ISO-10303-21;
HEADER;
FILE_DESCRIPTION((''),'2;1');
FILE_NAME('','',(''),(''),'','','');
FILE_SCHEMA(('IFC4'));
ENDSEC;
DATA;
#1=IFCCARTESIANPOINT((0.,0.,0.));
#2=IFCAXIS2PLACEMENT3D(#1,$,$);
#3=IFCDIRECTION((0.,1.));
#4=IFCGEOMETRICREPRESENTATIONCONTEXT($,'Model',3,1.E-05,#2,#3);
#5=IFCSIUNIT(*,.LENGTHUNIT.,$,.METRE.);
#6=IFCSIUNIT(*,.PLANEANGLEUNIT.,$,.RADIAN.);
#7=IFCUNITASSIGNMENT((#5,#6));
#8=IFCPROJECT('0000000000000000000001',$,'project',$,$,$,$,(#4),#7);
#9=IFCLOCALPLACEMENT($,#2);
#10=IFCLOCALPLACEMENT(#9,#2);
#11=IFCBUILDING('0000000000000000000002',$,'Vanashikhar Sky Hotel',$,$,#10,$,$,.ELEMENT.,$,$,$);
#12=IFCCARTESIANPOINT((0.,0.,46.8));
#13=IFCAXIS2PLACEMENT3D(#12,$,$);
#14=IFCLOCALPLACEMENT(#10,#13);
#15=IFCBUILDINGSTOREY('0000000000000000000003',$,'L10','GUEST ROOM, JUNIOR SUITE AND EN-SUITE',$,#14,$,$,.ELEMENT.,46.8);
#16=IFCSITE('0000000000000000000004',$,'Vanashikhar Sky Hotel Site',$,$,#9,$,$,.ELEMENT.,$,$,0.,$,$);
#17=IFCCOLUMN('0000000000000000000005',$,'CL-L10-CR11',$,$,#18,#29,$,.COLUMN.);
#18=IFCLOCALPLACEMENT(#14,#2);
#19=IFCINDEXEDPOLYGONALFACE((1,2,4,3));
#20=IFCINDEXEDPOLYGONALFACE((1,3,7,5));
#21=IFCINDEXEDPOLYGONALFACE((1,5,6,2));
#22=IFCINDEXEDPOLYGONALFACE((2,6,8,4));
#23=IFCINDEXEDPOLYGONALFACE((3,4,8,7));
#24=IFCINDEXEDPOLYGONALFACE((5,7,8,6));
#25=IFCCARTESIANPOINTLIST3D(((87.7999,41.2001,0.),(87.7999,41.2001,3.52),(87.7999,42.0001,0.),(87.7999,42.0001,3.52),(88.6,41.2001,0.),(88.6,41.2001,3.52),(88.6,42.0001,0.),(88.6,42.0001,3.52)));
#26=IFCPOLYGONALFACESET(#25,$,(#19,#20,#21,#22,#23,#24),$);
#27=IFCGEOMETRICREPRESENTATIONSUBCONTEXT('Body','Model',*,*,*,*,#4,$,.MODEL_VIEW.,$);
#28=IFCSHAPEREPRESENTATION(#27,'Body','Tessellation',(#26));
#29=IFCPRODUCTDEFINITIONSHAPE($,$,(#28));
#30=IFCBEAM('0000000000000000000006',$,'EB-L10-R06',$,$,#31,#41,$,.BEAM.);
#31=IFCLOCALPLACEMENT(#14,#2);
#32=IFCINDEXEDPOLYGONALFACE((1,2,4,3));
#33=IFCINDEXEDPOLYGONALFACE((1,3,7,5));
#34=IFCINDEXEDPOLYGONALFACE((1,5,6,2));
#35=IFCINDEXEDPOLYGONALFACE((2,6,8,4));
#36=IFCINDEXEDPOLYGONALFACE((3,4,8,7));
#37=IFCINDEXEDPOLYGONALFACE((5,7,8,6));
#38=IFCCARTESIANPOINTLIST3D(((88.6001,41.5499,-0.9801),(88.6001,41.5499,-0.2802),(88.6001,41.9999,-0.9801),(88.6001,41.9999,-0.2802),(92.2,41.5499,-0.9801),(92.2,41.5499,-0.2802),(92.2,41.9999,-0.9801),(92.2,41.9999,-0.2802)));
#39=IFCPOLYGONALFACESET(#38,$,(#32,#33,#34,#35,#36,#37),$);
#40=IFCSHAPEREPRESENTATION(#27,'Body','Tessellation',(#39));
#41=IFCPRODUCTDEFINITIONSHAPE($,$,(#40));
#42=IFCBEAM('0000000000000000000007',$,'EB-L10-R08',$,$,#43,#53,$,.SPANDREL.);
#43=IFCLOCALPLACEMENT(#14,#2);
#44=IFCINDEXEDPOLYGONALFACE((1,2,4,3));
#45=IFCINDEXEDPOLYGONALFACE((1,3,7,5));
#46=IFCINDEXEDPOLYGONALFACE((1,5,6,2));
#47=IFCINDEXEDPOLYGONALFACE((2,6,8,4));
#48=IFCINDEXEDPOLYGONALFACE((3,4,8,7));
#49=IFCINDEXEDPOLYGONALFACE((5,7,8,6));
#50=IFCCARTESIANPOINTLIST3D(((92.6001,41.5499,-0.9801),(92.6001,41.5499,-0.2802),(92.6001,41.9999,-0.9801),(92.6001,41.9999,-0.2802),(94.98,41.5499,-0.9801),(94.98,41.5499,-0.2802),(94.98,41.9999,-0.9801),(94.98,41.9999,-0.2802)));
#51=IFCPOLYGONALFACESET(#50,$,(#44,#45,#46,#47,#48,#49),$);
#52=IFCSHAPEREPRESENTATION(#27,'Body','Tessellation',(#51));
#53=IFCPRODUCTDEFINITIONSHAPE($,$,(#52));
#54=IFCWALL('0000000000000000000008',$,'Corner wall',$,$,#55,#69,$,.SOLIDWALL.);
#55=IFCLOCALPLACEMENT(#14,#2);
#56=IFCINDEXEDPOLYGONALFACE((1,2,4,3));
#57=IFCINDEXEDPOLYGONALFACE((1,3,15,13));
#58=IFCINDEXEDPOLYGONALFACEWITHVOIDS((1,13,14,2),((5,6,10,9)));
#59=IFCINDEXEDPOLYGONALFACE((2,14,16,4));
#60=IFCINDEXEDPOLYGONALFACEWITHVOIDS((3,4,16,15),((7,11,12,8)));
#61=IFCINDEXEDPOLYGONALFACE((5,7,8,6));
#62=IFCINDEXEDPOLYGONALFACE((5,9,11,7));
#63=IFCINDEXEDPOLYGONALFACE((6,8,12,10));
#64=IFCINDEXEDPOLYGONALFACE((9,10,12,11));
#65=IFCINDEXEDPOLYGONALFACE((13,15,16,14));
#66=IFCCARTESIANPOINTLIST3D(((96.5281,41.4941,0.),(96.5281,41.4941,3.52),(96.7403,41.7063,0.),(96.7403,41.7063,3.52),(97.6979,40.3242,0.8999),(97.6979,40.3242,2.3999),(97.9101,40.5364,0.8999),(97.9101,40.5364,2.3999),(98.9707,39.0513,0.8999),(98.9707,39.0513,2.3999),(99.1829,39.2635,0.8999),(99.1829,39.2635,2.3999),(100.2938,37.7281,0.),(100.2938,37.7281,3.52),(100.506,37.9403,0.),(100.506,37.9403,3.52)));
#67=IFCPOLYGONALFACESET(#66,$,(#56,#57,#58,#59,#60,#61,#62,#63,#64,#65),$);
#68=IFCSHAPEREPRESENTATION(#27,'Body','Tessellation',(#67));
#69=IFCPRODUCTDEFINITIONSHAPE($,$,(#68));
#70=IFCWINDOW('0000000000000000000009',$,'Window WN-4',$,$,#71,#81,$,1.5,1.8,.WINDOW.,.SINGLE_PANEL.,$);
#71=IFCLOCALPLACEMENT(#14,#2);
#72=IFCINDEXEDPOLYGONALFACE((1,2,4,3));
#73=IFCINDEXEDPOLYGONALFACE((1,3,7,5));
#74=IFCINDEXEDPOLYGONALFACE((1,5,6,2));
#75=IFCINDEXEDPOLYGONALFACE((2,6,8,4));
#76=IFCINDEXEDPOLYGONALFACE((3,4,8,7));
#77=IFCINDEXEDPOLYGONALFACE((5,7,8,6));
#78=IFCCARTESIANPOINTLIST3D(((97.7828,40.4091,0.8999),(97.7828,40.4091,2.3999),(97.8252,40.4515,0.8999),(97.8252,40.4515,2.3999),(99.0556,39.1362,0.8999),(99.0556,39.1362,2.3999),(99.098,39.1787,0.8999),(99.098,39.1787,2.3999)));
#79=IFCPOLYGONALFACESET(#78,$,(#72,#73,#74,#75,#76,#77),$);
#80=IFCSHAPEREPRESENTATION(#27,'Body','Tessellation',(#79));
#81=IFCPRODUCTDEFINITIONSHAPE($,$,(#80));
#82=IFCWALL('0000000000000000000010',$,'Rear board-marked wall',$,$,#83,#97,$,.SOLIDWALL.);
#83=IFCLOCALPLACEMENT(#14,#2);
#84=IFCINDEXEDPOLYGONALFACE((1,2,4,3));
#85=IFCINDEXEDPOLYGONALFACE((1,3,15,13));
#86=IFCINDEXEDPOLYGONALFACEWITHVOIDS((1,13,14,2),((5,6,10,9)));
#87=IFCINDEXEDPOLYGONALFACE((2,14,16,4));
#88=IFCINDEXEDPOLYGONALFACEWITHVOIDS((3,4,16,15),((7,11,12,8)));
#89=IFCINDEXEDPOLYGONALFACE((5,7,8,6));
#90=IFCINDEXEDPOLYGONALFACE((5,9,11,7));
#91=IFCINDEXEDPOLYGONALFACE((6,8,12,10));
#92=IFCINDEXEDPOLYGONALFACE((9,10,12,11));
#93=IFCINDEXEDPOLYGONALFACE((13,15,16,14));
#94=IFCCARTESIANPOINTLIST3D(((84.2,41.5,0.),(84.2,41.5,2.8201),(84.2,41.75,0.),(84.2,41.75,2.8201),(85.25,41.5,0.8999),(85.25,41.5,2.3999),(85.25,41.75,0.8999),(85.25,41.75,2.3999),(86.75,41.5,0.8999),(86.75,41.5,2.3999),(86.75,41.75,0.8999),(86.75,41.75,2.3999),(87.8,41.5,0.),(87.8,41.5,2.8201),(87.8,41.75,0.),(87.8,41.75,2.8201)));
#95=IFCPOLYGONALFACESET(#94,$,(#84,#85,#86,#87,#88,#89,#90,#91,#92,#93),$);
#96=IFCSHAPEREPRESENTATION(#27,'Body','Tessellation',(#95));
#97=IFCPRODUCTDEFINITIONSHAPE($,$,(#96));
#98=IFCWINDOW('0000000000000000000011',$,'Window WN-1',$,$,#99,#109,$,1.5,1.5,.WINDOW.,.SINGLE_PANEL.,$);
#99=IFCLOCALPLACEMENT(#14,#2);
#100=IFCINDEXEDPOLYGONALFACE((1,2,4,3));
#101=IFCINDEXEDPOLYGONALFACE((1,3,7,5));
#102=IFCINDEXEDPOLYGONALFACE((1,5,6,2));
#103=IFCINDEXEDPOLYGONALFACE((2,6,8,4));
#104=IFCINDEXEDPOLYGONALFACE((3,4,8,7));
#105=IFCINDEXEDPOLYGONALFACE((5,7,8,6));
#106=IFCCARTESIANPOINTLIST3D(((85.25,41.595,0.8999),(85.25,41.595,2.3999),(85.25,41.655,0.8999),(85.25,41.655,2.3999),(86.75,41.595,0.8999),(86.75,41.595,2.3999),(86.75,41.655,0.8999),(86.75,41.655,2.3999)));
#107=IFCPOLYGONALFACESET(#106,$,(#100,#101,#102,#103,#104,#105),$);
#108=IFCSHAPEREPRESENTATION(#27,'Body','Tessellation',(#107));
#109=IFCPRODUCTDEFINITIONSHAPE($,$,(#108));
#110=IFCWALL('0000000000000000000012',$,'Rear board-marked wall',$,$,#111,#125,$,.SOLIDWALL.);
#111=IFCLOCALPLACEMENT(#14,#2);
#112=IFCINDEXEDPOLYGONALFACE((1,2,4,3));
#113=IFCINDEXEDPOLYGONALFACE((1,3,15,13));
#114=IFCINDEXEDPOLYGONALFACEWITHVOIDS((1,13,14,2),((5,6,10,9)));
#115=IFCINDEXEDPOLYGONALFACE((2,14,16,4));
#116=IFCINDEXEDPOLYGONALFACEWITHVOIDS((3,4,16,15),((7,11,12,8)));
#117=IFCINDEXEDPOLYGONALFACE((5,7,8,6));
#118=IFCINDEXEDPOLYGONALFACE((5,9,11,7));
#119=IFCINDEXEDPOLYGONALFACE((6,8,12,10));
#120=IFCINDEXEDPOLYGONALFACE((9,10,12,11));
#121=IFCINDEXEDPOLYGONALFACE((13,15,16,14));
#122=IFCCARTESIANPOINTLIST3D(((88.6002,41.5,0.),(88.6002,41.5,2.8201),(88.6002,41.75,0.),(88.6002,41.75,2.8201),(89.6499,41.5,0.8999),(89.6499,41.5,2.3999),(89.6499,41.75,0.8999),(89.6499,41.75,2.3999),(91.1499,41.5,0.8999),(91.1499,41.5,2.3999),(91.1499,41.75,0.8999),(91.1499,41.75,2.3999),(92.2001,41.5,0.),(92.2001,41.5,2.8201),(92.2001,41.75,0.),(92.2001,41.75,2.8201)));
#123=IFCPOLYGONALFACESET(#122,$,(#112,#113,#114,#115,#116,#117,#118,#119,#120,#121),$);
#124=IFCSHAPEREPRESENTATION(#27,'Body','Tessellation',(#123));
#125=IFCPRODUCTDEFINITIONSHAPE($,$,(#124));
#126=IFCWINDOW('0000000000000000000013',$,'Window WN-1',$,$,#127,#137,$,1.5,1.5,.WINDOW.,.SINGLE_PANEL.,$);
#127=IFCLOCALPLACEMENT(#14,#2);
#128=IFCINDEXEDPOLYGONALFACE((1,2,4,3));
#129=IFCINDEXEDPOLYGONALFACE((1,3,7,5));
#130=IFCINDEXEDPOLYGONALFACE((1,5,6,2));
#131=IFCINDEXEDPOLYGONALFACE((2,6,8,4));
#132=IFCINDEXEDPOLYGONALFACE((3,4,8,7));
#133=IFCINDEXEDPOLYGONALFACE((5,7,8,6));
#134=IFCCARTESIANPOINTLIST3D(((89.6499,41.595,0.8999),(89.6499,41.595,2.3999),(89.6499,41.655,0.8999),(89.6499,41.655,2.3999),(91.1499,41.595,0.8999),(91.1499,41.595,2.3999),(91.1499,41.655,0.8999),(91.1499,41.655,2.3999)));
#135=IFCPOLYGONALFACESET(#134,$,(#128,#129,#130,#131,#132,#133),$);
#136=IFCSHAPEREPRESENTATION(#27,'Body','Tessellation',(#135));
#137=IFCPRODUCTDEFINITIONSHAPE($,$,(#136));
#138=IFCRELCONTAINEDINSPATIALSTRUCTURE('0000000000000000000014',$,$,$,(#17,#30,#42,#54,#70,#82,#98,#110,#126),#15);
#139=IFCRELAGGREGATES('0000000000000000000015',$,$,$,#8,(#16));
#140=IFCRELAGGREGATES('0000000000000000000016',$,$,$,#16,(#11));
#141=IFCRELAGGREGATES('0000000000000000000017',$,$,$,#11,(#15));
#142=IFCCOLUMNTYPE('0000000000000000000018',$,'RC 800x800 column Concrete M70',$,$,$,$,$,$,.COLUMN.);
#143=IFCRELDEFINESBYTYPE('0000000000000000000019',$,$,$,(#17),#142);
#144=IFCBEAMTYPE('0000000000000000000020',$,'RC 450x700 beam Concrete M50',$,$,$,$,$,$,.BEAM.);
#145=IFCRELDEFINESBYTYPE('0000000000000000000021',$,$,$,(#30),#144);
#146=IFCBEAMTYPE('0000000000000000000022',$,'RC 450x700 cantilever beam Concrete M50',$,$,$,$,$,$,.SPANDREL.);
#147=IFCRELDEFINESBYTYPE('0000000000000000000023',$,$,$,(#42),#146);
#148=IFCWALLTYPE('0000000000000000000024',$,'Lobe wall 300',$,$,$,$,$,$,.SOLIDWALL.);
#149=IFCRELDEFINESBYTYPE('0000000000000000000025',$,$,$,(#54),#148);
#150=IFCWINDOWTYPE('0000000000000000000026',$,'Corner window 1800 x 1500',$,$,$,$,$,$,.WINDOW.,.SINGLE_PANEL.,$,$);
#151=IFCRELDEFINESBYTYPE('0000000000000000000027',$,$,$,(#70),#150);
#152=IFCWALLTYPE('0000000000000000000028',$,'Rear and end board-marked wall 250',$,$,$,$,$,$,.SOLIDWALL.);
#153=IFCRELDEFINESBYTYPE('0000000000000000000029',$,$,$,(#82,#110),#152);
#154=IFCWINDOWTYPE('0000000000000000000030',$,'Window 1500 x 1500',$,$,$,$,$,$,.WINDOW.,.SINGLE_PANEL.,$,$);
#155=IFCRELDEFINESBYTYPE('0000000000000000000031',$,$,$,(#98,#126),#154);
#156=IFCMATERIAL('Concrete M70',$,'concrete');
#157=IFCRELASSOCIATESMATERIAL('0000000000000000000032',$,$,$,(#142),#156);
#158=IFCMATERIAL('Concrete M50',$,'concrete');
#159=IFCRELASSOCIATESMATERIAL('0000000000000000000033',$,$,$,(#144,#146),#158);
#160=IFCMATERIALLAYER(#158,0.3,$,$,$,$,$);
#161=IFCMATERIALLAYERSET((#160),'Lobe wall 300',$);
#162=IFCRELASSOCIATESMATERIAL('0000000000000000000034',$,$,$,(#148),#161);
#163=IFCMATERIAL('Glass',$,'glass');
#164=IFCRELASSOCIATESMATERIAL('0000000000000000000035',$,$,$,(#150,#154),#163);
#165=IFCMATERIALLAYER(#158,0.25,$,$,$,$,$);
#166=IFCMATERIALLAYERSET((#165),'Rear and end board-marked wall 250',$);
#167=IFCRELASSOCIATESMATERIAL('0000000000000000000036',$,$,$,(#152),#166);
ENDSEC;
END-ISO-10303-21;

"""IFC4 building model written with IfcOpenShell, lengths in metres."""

from ifc_helpers import new_model, si_unit, direction, frame, frame_2d, origin, origin_2d, place, context, subcontext, project, spatial, rectangle, extrude, source, transform, mapped, material, layer, layer_set, material_profile, profile_set, type_object, element, fill, save


model = new_model("IFC4")

# Units and contexts
model_context = context("Model", 3, precision=1e-05, world=origin(), true_north=direction((0.0, 1.0)))
body_context = subcontext(model_context, "Body", "Model", "MODEL_VIEW")
ifc_project = project(units=[si_unit("LENGTHUNIT", "METRE"), si_unit("PLANEANGLEUNIT", "RADIAN")], contexts=[model_context])

# Site, building, storey
site_placement = place(None, origin())
site = spatial("IfcSite", under=ifc_project, at=site_placement, Name="Vanashikhar Sky Hotel Site", CompositionType="ELEMENT", RefElevation=0.0)
building_placement = place(site_placement, origin())
building = spatial("IfcBuilding", under=site, at=building_placement, Name="Vanashikhar Sky Hotel", CompositionType="ELEMENT")
storey_placement = place(building_placement, frame((0.0, 0.0, 46.8)))
storey = spatial("IfcBuildingStorey", under=building, at=storey_placement, Name="L10", Description="GUEST ROOM, JUNIOR SUITE AND EN-SUITE", CompositionType="ELEMENT", Elevation=46.8)

# Column
ifc_material_1 = material(Name="Concrete M70", Category="concrete")
ifc_material_profile_1 = material_profile(ifc_material_1, rectangle(XDim=0.8, YDim=0.8, at=origin_2d()))
ifc_profile_set_1 = profile_set([ifc_material_profile_1], Name="RC 800x800 column Concrete M70")
column_type = type_object("IfcColumnType", Name="RC 800x800 column Concrete M70", PredefinedType="COLUMN", material=ifc_profile_set_1)
shared_shape_1 = source(origin(), body_context, "Body", "SweptSolid", [
    extrude(rectangle(XDim=0.8, YDim=0.8, at=origin_2d()), origin(), (0.0, 0.0, 1.0), 3.52),
])
column_placement = place(storey_placement, frame((88.2, 41.6001, 0.0), z_axis=(0.0, 0.0, 1.0), x_axis=(1.0, 0.0, 0.0)))
element("IfcColumn", 1, at=column_placement, inside=storey, type_object=column_type, Name="CL-L10-CR11", PredefinedType="COLUMN", context=body_context, shape_type="MappedRepresentation", body=[
    mapped(shared_shape_1, transform((0.0, 0.0, 0.0), scale=1.0)),
])

# Beams
ifc_material_2 = material(Name="Concrete M50", Category="concrete")
ifc_material_profile_2 = material_profile(ifc_material_2, rectangle(XDim=0.45, YDim=0.7, at=origin_2d()))
ifc_profile_set_2 = profile_set([ifc_material_profile_2], Name="RC 450x700 beam Concrete M50")
beam_type_1 = type_object("IfcBeamType", Name="RC 450x700 beam Concrete M50", PredefinedType="BEAM", material=ifc_profile_set_2)
shared_shape_2 = source(origin(), body_context, "Body", "SweptSolid", [
    extrude(rectangle(XDim=0.45, YDim=0.7, at=origin_2d()), origin(), (0.0, 0.0, 1.0), 3.5999),
])
beam_1_placement = place(storey_placement, frame((88.6001, 41.7749, -0.6301), z_axis=(1.0, 0.0, 0.0), x_axis=(0.0, 1.0, 0.0)))
element("IfcBeam", 2, at=beam_1_placement, inside=storey, type_object=beam_type_1, Name="EB-L10-R06", PredefinedType="BEAM", context=body_context, shape_type="MappedRepresentation", body=[
    mapped(shared_shape_2, transform((0.0, 0.0, 0.0), scale=1.0)),
])
ifc_material_profile_3 = material_profile(ifc_material_2, rectangle(XDim=0.45, YDim=0.7, at=origin_2d()))
ifc_profile_set_3 = profile_set([ifc_material_profile_3], Name="RC 450x700 cantilever beam Concrete M50")
beam_type_2 = type_object("IfcBeamType", Name="RC 450x700 cantilever beam Concrete M50", PredefinedType="SPANDREL", material=ifc_profile_set_3)
shared_shape_3 = source(origin(), body_context, "Body", "SweptSolid", [
    extrude(rectangle(XDim=0.45, YDim=0.7, at=origin_2d()), origin(), (0.0, 0.0, 1.0), 2.3799),
])
beam_2_placement = place(storey_placement, frame((92.6001, 41.7749, -0.6301), z_axis=(1.0, 0.0, 0.0), x_axis=(0.0, 1.0, 0.0)))
element("IfcBeam", 3, at=beam_2_placement, inside=storey, type_object=beam_type_2, Name="EB-L10-R08", PredefinedType="SPANDREL", context=body_context, shape_type="MappedRepresentation", body=[
    mapped(shared_shape_3, transform((0.0, 0.0, 0.0), scale=1.0)),
])

# Walls, openings, windows
ifc_layer_1 = layer(ifc_material_2, 0.3)
ifc_layer_set_1 = layer_set([ifc_layer_1], Name="Lobe wall 300")
wall_type_1 = type_object("IfcWallType", Name="Lobe wall 300", PredefinedType="SOLIDWALL", material=ifc_layer_set_1)
shared_shape_4 = source(origin(), body_context, "Body", "SweptSolid", [
    extrude(rectangle(XDim=5.3257, YDim=0.3, at=frame_2d((2.6628, 0.0))), origin(), (0.0, 0.0, 1.0), 3.52),
])
wall_1_placement = place(storey_placement, frame((100.3999, 37.8342, 0.0), z_axis=(0.0, 0.0, 1.0), x_axis=(-0.707084, 0.70713, 0.0)))
wall_1 = element("IfcWall", 4, at=wall_1_placement, inside=storey, type_object=wall_type_1, Name="Corner wall", PredefinedType="SOLIDWALL", context=body_context, shape_type="MappedRepresentation", body=[
    mapped(shared_shape_4, transform((0.0, 0.0, 0.0), scale=1.0)),
])
shared_shape_5 = source(origin(), body_context, "Body", "SweptSolid", [
    extrude(rectangle(XDim=1.8, YDim=1.5, at=frame_2d((0.8999, 0.75))), frame((0.0, 0.1602, 0.0), z_axis=(0.0, -1.0, 0.0), x_axis=(1.0, 0.0, 0.0)), (0.0, 0.0, 1.0), 0.3201),
])
opening_1_placement = place(wall_1_placement, frame((1.8713, 0.0, 0.8999)))
opening_1 = element("IfcOpeningElement", 5, at=opening_1_placement, cuts=wall_1, PredefinedType="OPENING", context=body_context, shape_type="MappedRepresentation", body=[
    mapped(shared_shape_5, transform((0.0, 0.0, 0.0), scale=1.0)),
])
ifc_material_3 = material(Name="Glass", Category="glass")
window_type_1 = type_object("IfcWindowType", Name="Corner window 1800 x 1500", PartitioningType="SINGLE_PANEL", PredefinedType="WINDOW", material=ifc_material_3)
shared_shape_6 = source(origin(), body_context, "Body", "SweptSolid", [
    extrude(rectangle(XDim=1.8, YDim=1.5, at=frame_2d((0.8999, 0.75))), frame((0.0, 0.03, 0.0), z_axis=(0.0, -1.0, 0.0), x_axis=(1.0, 0.0, 0.0)), (0.0, 0.0, 1.0), 0.0601),
])
window_1_placement = place(opening_1_placement, origin())
window_1 = element("IfcWindow", 6, at=window_1_placement, inside=storey, type_object=window_type_1, Name="Window WN-4", OverallHeight=1.5, OverallWidth=1.8, PartitioningType="SINGLE_PANEL", PredefinedType="WINDOW", context=body_context, shape_type="MappedRepresentation", body=[
    mapped(shared_shape_6, transform((0.0, 0.0, 0.0), scale=1.0)),
])
fill(opening_1, window_1)
ifc_layer_2 = layer(ifc_material_2, 0.25)
ifc_layer_set_2 = layer_set([ifc_layer_2], Name="Rear and end board-marked wall 250")
wall_type_2 = type_object("IfcWallType", Name="Rear and end board-marked wall 250", PredefinedType="SOLIDWALL", material=ifc_layer_set_2)
shared_shape_7 = source(origin(), body_context, "Body", "SweptSolid", [
    extrude(rectangle(XDim=3.6001, YDim=0.25, at=frame_2d((1.8, 0.0))), origin(), (0.0, 0.0, 1.0), 2.8201),
])
wall_2_placement = place(storey_placement, frame((87.8, 41.625, 0.0), z_axis=(0.0, 0.0, 1.0), x_axis=(-1.0, 0.0, 0.0)))
wall_2 = element("IfcWall", 7, at=wall_2_placement, inside=storey, type_object=wall_type_2, Name="Rear board-marked wall", PredefinedType="SOLIDWALL", context=body_context, shape_type="MappedRepresentation", body=[
    mapped(shared_shape_7, transform((0.0, 0.0, 0.0), scale=1.0)),
])
shared_shape_8 = source(origin(), body_context, "Body", "SweptSolid", [
    extrude(rectangle(XDim=1.5, YDim=1.5, at=frame_2d((0.75, 0.75))), frame((0.0, 0.135, 0.0), z_axis=(0.0, -1.0, 0.0), x_axis=(1.0, 0.0, 0.0)), (0.0, 0.0, 1.0), 0.27),
])
opening_2_placement = place(wall_2_placement, frame((1.05, 0.0, 0.8999)))
opening_2 = element("IfcOpeningElement", 8, at=opening_2_placement, cuts=wall_2, PredefinedType="OPENING", context=body_context, shape_type="MappedRepresentation", body=[
    mapped(shared_shape_8, transform((0.0, 0.0, 0.0), scale=1.0)),
])
window_type_2 = type_object("IfcWindowType", Name="Window 1500 x 1500", PartitioningType="SINGLE_PANEL", PredefinedType="WINDOW", material=ifc_material_3)
shared_shape_9 = source(origin(), body_context, "Body", "SweptSolid", [
    extrude(rectangle(XDim=1.5, YDim=1.5, at=frame_2d((0.75, 0.75))), frame((0.0, 0.03, 0.0), z_axis=(0.0, -1.0, 0.0), x_axis=(1.0, 0.0, 0.0)), (0.0, 0.0, 1.0), 0.0601),
])
window_2_placement = place(opening_2_placement, origin())
window_2 = element("IfcWindow", 9, at=window_2_placement, inside=storey, type_object=window_type_2, Name="Window WN-1", OverallHeight=1.5, OverallWidth=1.5, PartitioningType="SINGLE_PANEL", PredefinedType="WINDOW", context=body_context, shape_type="MappedRepresentation", body=[
    mapped(shared_shape_9, transform((0.0, 0.0, 0.0), scale=1.0)),
])
fill(opening_2, window_2)
shared_shape_10 = source(origin(), body_context, "Body", "SweptSolid", [
    extrude(rectangle(XDim=3.5999, YDim=0.25, at=frame_2d((1.7998, 0.0))), origin(), (0.0, 0.0, 1.0), 2.8201),
])
wall_3_placement = place(storey_placement, frame((92.2, 41.625, 0.0), z_axis=(0.0, 0.0, 1.0), x_axis=(-1.0, 0.0, 0.0)))
wall_3 = element("IfcWall", 10, at=wall_3_placement, inside=storey, type_object=wall_type_2, Name="Rear board-marked wall", PredefinedType="SOLIDWALL", context=body_context, shape_type="MappedRepresentation", body=[
    mapped(shared_shape_10, transform((0.0, 0.0, 0.0), scale=1.0)),
])
opening_3_placement = place(wall_3_placement, frame((1.05, 0.0, 0.8999)))
opening_3 = element("IfcOpeningElement", 11, at=opening_3_placement, cuts=wall_3, PredefinedType="OPENING", context=body_context, shape_type="MappedRepresentation", body=[
    mapped(shared_shape_8, transform((0.0, 0.0, 0.0), scale=1.0)),
])
window_3_placement = place(opening_3_placement, origin())
window_3 = element("IfcWindow", 12, at=window_3_placement, inside=storey, type_object=window_type_2, Name="Window WN-1", OverallHeight=1.5, OverallWidth=1.5, PartitioningType="SINGLE_PANEL", PredefinedType="WINDOW", context=body_context, shape_type="MappedRepresentation", body=[
    mapped(shared_shape_9, transform((0.0, 0.0, 0.0), scale=1.0)),
])
fill(opening_3, window_3)

save(model, "model.ifc")
